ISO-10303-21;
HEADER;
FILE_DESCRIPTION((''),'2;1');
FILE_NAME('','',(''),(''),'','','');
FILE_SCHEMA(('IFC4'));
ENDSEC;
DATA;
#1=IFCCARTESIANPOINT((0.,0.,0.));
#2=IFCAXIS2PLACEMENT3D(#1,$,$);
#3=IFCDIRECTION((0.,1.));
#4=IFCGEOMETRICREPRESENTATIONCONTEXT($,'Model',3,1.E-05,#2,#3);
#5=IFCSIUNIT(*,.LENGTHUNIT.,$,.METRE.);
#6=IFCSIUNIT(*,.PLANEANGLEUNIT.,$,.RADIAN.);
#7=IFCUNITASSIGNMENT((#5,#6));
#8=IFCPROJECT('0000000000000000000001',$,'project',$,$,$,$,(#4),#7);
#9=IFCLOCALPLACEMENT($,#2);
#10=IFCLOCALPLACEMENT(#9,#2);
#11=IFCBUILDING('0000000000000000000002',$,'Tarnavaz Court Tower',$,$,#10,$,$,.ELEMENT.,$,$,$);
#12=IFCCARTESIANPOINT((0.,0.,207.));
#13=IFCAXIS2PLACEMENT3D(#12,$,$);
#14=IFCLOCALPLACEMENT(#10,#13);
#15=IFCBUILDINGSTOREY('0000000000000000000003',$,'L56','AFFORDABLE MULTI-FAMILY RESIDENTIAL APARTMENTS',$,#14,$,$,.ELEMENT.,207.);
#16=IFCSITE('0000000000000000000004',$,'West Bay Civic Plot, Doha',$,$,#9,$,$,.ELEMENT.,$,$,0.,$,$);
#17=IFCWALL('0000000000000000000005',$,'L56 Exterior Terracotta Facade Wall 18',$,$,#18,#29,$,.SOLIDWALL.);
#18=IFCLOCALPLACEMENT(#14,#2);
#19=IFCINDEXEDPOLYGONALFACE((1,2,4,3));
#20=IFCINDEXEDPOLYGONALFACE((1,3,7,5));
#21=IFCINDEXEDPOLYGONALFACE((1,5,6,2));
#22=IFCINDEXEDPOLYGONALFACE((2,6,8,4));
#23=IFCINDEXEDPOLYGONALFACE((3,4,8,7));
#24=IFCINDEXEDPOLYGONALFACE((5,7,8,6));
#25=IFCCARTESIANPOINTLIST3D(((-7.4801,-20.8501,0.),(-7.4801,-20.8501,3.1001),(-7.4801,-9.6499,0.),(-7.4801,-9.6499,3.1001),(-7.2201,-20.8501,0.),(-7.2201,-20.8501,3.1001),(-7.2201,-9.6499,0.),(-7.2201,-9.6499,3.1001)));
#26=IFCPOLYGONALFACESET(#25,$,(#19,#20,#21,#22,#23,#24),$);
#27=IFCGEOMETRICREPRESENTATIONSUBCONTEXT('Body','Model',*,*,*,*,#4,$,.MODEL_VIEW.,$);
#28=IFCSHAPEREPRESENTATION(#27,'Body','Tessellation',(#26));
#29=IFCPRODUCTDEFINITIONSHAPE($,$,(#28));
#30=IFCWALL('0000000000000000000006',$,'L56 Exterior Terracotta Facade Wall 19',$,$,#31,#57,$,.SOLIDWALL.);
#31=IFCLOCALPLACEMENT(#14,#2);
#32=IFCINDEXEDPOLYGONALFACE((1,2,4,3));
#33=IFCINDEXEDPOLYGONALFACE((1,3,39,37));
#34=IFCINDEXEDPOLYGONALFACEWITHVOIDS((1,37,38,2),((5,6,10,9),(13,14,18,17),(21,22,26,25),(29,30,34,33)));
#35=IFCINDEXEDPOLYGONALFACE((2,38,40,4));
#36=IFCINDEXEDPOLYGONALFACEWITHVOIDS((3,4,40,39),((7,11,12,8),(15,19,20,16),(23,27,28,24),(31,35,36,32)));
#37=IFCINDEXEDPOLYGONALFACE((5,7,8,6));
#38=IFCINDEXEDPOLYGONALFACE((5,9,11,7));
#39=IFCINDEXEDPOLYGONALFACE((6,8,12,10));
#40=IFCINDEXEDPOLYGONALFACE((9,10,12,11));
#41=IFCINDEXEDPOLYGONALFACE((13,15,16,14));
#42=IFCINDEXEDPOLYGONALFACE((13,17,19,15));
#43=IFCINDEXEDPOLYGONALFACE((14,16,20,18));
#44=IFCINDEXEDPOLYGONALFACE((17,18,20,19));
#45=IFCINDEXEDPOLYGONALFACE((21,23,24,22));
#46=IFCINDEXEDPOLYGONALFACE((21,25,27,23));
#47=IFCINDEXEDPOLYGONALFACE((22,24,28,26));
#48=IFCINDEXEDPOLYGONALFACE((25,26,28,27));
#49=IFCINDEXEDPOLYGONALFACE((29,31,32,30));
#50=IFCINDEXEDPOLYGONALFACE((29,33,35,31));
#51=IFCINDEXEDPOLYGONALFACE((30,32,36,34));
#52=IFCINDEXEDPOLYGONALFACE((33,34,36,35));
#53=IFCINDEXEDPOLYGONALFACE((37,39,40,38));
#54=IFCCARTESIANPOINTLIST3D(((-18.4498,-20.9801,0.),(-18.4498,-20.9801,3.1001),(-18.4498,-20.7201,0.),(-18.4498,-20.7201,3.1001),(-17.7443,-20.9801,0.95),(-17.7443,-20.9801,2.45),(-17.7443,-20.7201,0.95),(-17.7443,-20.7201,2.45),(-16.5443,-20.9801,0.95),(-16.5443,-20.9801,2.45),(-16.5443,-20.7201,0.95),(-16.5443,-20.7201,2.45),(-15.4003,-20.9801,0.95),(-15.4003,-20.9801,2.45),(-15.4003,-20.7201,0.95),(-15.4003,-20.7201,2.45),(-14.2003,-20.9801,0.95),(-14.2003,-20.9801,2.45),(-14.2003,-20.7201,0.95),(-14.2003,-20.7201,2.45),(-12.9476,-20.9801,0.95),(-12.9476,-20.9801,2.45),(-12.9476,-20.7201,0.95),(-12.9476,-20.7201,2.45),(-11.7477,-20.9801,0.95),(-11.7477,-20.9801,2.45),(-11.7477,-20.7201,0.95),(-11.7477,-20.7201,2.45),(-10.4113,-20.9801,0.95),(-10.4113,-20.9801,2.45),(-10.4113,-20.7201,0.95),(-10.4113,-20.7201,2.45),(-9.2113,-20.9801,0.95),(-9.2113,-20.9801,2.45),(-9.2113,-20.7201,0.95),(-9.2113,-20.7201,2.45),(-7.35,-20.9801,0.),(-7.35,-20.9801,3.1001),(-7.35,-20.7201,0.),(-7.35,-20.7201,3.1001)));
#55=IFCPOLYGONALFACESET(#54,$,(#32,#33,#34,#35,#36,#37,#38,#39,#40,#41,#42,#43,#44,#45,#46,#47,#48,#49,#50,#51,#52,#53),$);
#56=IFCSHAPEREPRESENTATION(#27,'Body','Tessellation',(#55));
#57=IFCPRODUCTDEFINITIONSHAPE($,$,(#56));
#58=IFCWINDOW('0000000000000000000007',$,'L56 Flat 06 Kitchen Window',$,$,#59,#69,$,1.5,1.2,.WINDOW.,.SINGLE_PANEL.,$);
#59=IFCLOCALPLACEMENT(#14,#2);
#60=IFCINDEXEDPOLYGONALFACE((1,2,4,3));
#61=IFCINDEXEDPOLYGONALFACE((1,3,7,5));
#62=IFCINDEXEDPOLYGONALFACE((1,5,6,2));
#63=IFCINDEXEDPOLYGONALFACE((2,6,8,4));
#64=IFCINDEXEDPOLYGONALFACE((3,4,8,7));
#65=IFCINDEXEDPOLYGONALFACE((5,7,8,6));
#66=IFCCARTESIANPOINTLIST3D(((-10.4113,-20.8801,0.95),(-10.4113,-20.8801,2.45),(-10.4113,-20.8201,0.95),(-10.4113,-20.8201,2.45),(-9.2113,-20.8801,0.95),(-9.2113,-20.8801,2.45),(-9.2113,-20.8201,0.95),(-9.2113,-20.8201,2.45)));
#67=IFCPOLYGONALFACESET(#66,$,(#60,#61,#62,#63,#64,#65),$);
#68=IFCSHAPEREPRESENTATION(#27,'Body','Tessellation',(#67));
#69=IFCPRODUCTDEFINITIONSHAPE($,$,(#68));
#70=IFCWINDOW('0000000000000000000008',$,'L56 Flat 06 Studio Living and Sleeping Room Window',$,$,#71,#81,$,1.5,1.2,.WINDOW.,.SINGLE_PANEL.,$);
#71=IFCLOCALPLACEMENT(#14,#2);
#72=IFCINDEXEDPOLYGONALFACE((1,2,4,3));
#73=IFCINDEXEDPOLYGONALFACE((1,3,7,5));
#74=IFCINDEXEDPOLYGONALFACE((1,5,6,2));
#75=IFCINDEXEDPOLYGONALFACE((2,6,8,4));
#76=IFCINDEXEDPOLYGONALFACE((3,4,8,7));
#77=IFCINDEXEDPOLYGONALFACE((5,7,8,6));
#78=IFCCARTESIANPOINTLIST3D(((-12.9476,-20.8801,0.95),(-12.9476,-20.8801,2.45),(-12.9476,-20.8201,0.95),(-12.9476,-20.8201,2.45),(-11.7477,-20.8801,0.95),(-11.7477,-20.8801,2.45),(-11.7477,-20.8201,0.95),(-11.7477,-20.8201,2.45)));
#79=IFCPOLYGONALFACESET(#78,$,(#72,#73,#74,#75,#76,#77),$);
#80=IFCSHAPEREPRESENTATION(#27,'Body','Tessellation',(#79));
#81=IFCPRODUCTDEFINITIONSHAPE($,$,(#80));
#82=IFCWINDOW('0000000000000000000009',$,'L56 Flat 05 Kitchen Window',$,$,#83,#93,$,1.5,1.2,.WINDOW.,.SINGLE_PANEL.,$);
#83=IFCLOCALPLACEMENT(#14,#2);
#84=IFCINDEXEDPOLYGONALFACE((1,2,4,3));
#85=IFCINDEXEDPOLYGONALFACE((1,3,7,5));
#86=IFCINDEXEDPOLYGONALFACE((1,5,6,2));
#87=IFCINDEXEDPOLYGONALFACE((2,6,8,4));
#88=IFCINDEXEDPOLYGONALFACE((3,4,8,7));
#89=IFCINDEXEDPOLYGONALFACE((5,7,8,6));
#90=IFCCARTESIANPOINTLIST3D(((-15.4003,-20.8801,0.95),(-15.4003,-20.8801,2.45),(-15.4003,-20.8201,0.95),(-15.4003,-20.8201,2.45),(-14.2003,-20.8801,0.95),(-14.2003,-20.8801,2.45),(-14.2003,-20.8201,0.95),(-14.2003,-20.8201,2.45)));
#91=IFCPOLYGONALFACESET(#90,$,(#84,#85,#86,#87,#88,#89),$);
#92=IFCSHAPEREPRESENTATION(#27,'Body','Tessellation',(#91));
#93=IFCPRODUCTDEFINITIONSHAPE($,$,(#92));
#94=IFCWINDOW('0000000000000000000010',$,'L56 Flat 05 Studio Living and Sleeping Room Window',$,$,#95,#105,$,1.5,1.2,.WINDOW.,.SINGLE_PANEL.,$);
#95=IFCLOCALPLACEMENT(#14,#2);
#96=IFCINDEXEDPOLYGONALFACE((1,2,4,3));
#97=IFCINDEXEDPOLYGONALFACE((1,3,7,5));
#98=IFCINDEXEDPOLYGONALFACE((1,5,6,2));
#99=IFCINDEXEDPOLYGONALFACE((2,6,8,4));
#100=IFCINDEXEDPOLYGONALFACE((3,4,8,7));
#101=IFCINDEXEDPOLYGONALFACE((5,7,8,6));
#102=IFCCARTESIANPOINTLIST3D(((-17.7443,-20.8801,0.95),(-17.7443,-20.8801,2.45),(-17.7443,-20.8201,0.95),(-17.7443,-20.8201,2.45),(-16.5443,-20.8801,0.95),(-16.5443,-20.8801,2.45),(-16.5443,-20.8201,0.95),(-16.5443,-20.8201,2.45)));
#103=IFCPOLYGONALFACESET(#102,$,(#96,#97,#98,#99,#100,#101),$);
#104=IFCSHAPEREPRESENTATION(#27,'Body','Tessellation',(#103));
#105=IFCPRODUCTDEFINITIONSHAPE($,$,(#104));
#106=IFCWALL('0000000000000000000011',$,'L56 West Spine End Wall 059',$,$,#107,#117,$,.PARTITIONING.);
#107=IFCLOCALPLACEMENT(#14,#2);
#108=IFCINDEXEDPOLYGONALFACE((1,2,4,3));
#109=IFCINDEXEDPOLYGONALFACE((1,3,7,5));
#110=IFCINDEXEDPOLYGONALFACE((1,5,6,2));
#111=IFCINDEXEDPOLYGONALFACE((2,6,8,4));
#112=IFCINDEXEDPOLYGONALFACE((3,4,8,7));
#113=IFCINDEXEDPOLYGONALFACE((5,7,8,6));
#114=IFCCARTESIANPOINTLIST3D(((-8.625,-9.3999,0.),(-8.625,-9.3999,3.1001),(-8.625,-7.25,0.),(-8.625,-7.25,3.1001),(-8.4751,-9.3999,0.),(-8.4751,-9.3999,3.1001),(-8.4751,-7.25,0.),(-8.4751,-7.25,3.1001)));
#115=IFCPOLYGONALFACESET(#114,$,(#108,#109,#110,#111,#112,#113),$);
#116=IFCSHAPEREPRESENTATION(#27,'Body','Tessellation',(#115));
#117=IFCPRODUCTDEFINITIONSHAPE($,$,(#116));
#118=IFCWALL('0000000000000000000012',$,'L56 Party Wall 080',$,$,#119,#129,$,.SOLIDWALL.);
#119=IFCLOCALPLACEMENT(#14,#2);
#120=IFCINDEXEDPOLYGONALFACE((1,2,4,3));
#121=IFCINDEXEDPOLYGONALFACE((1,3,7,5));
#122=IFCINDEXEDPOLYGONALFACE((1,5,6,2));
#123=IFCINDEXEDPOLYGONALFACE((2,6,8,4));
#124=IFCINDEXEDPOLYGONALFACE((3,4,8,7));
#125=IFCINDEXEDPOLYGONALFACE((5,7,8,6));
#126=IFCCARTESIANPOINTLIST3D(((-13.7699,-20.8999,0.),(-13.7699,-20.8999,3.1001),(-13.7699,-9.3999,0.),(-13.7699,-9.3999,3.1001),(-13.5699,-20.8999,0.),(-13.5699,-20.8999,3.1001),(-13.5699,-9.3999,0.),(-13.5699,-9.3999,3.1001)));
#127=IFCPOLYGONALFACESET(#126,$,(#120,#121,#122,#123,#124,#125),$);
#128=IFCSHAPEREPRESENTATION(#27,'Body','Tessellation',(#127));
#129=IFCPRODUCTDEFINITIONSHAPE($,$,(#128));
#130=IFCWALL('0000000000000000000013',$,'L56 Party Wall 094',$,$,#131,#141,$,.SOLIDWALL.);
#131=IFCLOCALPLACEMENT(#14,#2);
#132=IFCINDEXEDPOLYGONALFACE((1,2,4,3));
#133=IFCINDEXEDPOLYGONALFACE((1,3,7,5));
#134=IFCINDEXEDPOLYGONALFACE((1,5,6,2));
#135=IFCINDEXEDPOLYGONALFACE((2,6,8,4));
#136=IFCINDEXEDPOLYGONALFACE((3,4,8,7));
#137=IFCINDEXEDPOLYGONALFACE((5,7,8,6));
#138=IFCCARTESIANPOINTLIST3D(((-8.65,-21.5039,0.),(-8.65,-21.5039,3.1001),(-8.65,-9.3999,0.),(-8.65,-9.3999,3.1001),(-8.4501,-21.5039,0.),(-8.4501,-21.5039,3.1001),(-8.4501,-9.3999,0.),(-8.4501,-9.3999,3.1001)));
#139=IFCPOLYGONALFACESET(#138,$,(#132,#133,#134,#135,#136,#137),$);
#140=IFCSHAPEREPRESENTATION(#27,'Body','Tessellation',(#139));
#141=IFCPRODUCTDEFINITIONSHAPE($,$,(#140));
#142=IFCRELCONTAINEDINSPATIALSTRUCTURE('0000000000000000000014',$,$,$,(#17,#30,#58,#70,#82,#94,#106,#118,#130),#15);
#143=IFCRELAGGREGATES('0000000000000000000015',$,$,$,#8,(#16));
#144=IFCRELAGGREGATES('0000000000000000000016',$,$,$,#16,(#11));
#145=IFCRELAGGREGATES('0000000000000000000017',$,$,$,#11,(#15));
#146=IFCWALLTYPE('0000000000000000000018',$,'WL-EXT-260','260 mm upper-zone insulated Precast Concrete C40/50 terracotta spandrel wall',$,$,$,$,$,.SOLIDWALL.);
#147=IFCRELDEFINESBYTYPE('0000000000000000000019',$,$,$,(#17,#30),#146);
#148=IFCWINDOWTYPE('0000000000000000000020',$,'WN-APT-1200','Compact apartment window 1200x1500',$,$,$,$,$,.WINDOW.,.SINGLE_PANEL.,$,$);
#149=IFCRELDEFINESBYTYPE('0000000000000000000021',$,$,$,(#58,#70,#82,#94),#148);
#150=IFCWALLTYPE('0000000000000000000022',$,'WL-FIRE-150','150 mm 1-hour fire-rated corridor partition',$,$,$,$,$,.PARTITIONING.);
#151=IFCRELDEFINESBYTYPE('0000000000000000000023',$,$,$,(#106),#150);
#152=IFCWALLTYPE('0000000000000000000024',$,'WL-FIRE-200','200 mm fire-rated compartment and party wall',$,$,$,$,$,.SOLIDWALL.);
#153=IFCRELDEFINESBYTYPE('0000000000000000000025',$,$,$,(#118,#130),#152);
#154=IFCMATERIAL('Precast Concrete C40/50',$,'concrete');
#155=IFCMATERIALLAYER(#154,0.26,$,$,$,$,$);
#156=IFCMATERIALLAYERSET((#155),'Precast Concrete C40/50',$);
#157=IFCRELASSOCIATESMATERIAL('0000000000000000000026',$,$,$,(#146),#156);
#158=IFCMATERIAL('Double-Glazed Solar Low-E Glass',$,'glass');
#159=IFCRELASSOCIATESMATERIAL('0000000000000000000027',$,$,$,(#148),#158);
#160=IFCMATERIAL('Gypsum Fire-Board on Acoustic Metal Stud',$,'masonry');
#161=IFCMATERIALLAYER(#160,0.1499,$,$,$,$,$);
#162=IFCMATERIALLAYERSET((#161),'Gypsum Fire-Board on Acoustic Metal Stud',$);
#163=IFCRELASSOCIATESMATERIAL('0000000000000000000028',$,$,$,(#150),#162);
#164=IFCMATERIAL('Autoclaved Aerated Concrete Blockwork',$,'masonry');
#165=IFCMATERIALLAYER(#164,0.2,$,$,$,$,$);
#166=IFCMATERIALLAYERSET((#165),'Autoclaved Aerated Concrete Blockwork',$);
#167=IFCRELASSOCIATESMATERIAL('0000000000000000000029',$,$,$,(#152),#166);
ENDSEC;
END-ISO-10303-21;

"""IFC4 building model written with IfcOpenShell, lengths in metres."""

from ifc_helpers import new_model, si_unit, direction, frame, frame_2d, origin, place, context, subcontext, project, spatial, rectangle, extrude, material, layer, layer_set, type_object, element, fill, save


model = new_model("IFC4")

# Units and contexts
model_context = context("Model", 3, precision=1e-05, world=origin(), true_north=direction((0.0, 1.0)))
body_context = subcontext(model_context, "Body", "Model", "MODEL_VIEW")
ifc_project = project(units=[si_unit("LENGTHUNIT", "METRE"), si_unit("PLANEANGLEUNIT", "RADIAN")], contexts=[model_context])

# Site, building, storey
site_placement = place(None, origin())
site = spatial("IfcSite", under=ifc_project, at=site_placement, Name="West Bay Civic Plot, Doha", CompositionType="ELEMENT", RefElevation=0.0)
building_placement = place(site_placement, origin())
building = spatial("IfcBuilding", under=site, at=building_placement, Name="Tarnavaz Court Tower", CompositionType="ELEMENT")
storey_placement = place(building_placement, frame((0.0, 0.0, 207.0)))
storey = spatial("IfcBuildingStorey", under=building, at=storey_placement, Name="L56", Description="AFFORDABLE MULTI-FAMILY RESIDENTIAL APARTMENTS", CompositionType="ELEMENT", Elevation=207.0)

# Wall
ifc_material_1 = material(Name="Precast Concrete C40/50", Category="concrete")
ifc_layer_1 = layer(ifc_material_1, 0.26)
ifc_layer_set_1 = layer_set([ifc_layer_1], Name="Precast Concrete C40/50")
wall_type_1 = type_object("IfcWallType", Name="WL-EXT-260", Description="260 mm upper-zone insulated Precast Concrete C40/50 terracotta spandrel wall", PredefinedType="SOLIDWALL", material=ifc_layer_set_1)
wall_1_placement = place(storey_placement, frame((-7.3501, -9.6499, 0.0), z_axis=(0.0, 0.0, 1.0), x_axis=(0.0, -1.0, 0.0)))
element("IfcWall", 1, at=wall_1_placement, inside=storey, type_object=wall_type_1, Name="L56 Exterior Terracotta Facade Wall 18", PredefinedType="SOLIDWALL", context=body_context, shape_type="SweptSolid", body=[
    extrude(rectangle(XDim=11.2002, YDim=0.26, at=frame_2d((5.6001, 0.0))), origin(), (0.0, 0.0, 1.0), 3.1001),
])

# Wall, openings, windows
wall_2_placement = place(storey_placement, frame((-7.3501, -20.8501, 0.0), z_axis=(0.0, 0.0, 1.0), x_axis=(-1.0, 0.0, 0.0)))
wall_2 = element("IfcWall", 2, at=wall_2_placement, inside=storey, type_object=wall_type_1, Name="L56 Exterior Terracotta Facade Wall 19", PredefinedType="SOLIDWALL", context=body_context, shape_type="SweptSolid", body=[
    extrude(rectangle(XDim=11.0999, YDim=0.26, at=frame_2d((5.5498, 0.0))), origin(), (0.0, 0.0, 1.0), 3.1001),
])
opening_1_placement = place(wall_2_placement, frame((1.8611, 0.0, 0.95)))
opening_1 = element("IfcOpeningElement", 3, at=opening_1_placement, cuts=wall_2, PredefinedType="OPENING", context=body_context, shape_type="SweptSolid", body=[
    extrude(rectangle(XDim=1.2, YDim=1.5, at=frame_2d((0.6001, 0.75))), frame((0.0, 0.1399, 0.0), z_axis=(0.0, -1.0, 0.0), x_axis=(1.0, 0.0, 0.0)), (0.0, 0.0, 1.0), 0.28),
])
opening_2_placement = place(wall_2_placement, frame((4.3975, 0.0, 0.95)))
opening_2 = element("IfcOpeningElement", 4, at=opening_2_placement, cuts=wall_2, PredefinedType="OPENING", context=body_context, shape_type="SweptSolid", body=[
    extrude(rectangle(XDim=1.2, YDim=1.5, at=frame_2d((0.6001, 0.75))), frame((0.0, 0.1399, 0.0), z_axis=(0.0, -1.0, 0.0), x_axis=(1.0, 0.0, 0.0)), (0.0, 0.0, 1.0), 0.28),
])
opening_3_placement = place(wall_2_placement, frame((6.8501, 0.0, 0.95)))
opening_3 = element("IfcOpeningElement", 5, at=opening_3_placement, cuts=wall_2, PredefinedType="OPENING", context=body_context, shape_type="SweptSolid", body=[
    extrude(rectangle(XDim=1.2, YDim=1.5, at=frame_2d((0.6001, 0.75))), frame((0.0, 0.1399, 0.0), z_axis=(0.0, -1.0, 0.0), x_axis=(1.0, 0.0, 0.0)), (0.0, 0.0, 1.0), 0.28),
])
opening_4_placement = place(wall_2_placement, frame((9.1941, 0.0, 0.95)))
opening_4 = element("IfcOpeningElement", 6, at=opening_4_placement, cuts=wall_2, PredefinedType="OPENING", context=body_context, shape_type="SweptSolid", body=[
    extrude(rectangle(XDim=1.2, YDim=1.5, at=frame_2d((0.6001, 0.75))), frame((0.0, 0.1399, 0.0), z_axis=(0.0, -1.0, 0.0), x_axis=(1.0, 0.0, 0.0)), (0.0, 0.0, 1.0), 0.28),
])
ifc_material_2 = material(Name="Double-Glazed Solar Low-E Glass", Category="glass")
window_type = type_object("IfcWindowType", Name="WN-APT-1200", Description="Compact apartment window 1200x1500", PartitioningType="SINGLE_PANEL", PredefinedType="WINDOW", material=ifc_material_2)
window_1_placement = place(opening_1_placement, origin())
window_1 = element("IfcWindow", 7, at=window_1_placement, inside=storey, type_object=window_type, Name="L56 Flat 06 Kitchen Window", OverallHeight=1.5, OverallWidth=1.2, PartitioningType="SINGLE_PANEL", PredefinedType="WINDOW", context=body_context, shape_type="SweptSolid", body=[
    extrude(rectangle(XDim=1.2, YDim=1.5, at=frame_2d((0.6001, 0.75))), frame((0.0, 0.03, 0.0), z_axis=(0.0, -1.0, 0.0), x_axis=(1.0, 0.0, 0.0)), (0.0, 0.0, 1.0), 0.0601),
])
fill(opening_1, window_1)
window_2_placement = place(opening_2_placement, origin())
window_2 = element("IfcWindow", 8, at=window_2_placement, inside=storey, type_object=window_type, Name="L56 Flat 06 Studio Living and Sleeping Room Window", OverallHeight=1.5, OverallWidth=1.2, PartitioningType="SINGLE_PANEL", PredefinedType="WINDOW", context=body_context, shape_type="SweptSolid", body=[
    extrude(rectangle(XDim=1.2, YDim=1.5, at=frame_2d((0.6001, 0.75))), frame((0.0, 0.03, 0.0), z_axis=(0.0, -1.0, 0.0), x_axis=(1.0, 0.0, 0.0)), (0.0, 0.0, 1.0), 0.0601),
])
fill(opening_2, window_2)
window_3_placement = place(opening_3_placement, origin())
window_3 = element("IfcWindow", 9, at=window_3_placement, inside=storey, type_object=window_type, Name="L56 Flat 05 Kitchen Window", OverallHeight=1.5, OverallWidth=1.2, PartitioningType="SINGLE_PANEL", PredefinedType="WINDOW", context=body_context, shape_type="SweptSolid", body=[
    extrude(rectangle(XDim=1.2, YDim=1.5, at=frame_2d((0.6001, 0.75))), frame((0.0, 0.03, 0.0), z_axis=(0.0, -1.0, 0.0), x_axis=(1.0, 0.0, 0.0)), (0.0, 0.0, 1.0), 0.0601),
])
fill(opening_3, window_3)
window_4_placement = place(opening_4_placement, origin())
window_4 = element("IfcWindow", 10, at=window_4_placement, inside=storey, type_object=window_type, Name="L56 Flat 05 Studio Living and Sleeping Room Window", OverallHeight=1.5, OverallWidth=1.2, PartitioningType="SINGLE_PANEL", PredefinedType="WINDOW", context=body_context, shape_type="SweptSolid", body=[
    extrude(rectangle(XDim=1.2, YDim=1.5, at=frame_2d((0.6001, 0.75))), frame((0.0, 0.03, 0.0), z_axis=(0.0, -1.0, 0.0), x_axis=(1.0, 0.0, 0.0)), (0.0, 0.0, 1.0), 0.0601),
])
fill(opening_4, window_4)

# Walls
ifc_material_3 = material(Name="Gypsum Fire-Board on Acoustic Metal Stud", Category="masonry")
ifc_layer_2 = layer(ifc_material_3, 0.1499)
ifc_layer_set_2 = layer_set([ifc_layer_2], Name="Gypsum Fire-Board on Acoustic Metal Stud")
wall_type_2 = type_object("IfcWallType", Name="WL-FIRE-150", Description="150 mm 1-hour fire-rated corridor partition", PredefinedType="PARTITIONING", material=ifc_layer_set_2)
wall_3_placement = place(storey_placement, frame((-8.55, -9.3999, 0.0), z_axis=(0.0, 0.0, 1.0), x_axis=(0.0, 1.0, 0.0)))
element("IfcWall", 11, at=wall_3_placement, inside=storey, type_object=wall_type_2, Name="L56 West Spine End Wall 059", PredefinedType="PARTITIONING", context=body_context, shape_type="SweptSolid", body=[
    extrude(rectangle(XDim=2.1499, YDim=0.1499, at=frame_2d((1.075, 0.0))), origin(), (0.0, 0.0, 1.0), 3.1001),
])
ifc_material_4 = material(Name="Autoclaved Aerated Concrete Blockwork", Category="masonry")
ifc_layer_3 = layer(ifc_material_4, 0.2)
ifc_layer_set_3 = layer_set([ifc_layer_3], Name="Autoclaved Aerated Concrete Blockwork")
wall_type_3 = type_object("IfcWallType", Name="WL-FIRE-200", Description="200 mm fire-rated compartment and party wall", PredefinedType="SOLIDWALL", material=ifc_layer_set_3)
wall_4_placement = place(storey_placement, frame((-13.6699, -20.8999, 0.0), z_axis=(0.0, 0.0, 1.0), x_axis=(0.0, 1.0, 0.0)))
element("IfcWall", 12, at=wall_4_placement, inside=storey, type_object=wall_type_3, Name="L56 Party Wall 080", PredefinedType="SOLIDWALL", context=body_context, shape_type="SweptSolid", body=[
    extrude(rectangle(XDim=11.5, YDim=0.2, at=frame_2d((5.75, 0.0))), origin(), (0.0, 0.0, 1.0), 3.1001),
])
wall_5_placement = place(storey_placement, frame((-8.55, -21.5039, 0.0), z_axis=(0.0, 0.0, 1.0), x_axis=(0.0, 1.0, 0.0)))
element("IfcWall", 13, at=wall_5_placement, inside=storey, type_object=wall_type_3, Name="L56 Party Wall 094", PredefinedType="SOLIDWALL", context=body_context, shape_type="SweptSolid", body=[
    extrude(rectangle(XDim=12.104, YDim=0.2, at=frame_2d((6.052, 0.0))), origin(), (0.0, 0.0, 1.0), 3.1001),
])

save(model, "model.ifc")
